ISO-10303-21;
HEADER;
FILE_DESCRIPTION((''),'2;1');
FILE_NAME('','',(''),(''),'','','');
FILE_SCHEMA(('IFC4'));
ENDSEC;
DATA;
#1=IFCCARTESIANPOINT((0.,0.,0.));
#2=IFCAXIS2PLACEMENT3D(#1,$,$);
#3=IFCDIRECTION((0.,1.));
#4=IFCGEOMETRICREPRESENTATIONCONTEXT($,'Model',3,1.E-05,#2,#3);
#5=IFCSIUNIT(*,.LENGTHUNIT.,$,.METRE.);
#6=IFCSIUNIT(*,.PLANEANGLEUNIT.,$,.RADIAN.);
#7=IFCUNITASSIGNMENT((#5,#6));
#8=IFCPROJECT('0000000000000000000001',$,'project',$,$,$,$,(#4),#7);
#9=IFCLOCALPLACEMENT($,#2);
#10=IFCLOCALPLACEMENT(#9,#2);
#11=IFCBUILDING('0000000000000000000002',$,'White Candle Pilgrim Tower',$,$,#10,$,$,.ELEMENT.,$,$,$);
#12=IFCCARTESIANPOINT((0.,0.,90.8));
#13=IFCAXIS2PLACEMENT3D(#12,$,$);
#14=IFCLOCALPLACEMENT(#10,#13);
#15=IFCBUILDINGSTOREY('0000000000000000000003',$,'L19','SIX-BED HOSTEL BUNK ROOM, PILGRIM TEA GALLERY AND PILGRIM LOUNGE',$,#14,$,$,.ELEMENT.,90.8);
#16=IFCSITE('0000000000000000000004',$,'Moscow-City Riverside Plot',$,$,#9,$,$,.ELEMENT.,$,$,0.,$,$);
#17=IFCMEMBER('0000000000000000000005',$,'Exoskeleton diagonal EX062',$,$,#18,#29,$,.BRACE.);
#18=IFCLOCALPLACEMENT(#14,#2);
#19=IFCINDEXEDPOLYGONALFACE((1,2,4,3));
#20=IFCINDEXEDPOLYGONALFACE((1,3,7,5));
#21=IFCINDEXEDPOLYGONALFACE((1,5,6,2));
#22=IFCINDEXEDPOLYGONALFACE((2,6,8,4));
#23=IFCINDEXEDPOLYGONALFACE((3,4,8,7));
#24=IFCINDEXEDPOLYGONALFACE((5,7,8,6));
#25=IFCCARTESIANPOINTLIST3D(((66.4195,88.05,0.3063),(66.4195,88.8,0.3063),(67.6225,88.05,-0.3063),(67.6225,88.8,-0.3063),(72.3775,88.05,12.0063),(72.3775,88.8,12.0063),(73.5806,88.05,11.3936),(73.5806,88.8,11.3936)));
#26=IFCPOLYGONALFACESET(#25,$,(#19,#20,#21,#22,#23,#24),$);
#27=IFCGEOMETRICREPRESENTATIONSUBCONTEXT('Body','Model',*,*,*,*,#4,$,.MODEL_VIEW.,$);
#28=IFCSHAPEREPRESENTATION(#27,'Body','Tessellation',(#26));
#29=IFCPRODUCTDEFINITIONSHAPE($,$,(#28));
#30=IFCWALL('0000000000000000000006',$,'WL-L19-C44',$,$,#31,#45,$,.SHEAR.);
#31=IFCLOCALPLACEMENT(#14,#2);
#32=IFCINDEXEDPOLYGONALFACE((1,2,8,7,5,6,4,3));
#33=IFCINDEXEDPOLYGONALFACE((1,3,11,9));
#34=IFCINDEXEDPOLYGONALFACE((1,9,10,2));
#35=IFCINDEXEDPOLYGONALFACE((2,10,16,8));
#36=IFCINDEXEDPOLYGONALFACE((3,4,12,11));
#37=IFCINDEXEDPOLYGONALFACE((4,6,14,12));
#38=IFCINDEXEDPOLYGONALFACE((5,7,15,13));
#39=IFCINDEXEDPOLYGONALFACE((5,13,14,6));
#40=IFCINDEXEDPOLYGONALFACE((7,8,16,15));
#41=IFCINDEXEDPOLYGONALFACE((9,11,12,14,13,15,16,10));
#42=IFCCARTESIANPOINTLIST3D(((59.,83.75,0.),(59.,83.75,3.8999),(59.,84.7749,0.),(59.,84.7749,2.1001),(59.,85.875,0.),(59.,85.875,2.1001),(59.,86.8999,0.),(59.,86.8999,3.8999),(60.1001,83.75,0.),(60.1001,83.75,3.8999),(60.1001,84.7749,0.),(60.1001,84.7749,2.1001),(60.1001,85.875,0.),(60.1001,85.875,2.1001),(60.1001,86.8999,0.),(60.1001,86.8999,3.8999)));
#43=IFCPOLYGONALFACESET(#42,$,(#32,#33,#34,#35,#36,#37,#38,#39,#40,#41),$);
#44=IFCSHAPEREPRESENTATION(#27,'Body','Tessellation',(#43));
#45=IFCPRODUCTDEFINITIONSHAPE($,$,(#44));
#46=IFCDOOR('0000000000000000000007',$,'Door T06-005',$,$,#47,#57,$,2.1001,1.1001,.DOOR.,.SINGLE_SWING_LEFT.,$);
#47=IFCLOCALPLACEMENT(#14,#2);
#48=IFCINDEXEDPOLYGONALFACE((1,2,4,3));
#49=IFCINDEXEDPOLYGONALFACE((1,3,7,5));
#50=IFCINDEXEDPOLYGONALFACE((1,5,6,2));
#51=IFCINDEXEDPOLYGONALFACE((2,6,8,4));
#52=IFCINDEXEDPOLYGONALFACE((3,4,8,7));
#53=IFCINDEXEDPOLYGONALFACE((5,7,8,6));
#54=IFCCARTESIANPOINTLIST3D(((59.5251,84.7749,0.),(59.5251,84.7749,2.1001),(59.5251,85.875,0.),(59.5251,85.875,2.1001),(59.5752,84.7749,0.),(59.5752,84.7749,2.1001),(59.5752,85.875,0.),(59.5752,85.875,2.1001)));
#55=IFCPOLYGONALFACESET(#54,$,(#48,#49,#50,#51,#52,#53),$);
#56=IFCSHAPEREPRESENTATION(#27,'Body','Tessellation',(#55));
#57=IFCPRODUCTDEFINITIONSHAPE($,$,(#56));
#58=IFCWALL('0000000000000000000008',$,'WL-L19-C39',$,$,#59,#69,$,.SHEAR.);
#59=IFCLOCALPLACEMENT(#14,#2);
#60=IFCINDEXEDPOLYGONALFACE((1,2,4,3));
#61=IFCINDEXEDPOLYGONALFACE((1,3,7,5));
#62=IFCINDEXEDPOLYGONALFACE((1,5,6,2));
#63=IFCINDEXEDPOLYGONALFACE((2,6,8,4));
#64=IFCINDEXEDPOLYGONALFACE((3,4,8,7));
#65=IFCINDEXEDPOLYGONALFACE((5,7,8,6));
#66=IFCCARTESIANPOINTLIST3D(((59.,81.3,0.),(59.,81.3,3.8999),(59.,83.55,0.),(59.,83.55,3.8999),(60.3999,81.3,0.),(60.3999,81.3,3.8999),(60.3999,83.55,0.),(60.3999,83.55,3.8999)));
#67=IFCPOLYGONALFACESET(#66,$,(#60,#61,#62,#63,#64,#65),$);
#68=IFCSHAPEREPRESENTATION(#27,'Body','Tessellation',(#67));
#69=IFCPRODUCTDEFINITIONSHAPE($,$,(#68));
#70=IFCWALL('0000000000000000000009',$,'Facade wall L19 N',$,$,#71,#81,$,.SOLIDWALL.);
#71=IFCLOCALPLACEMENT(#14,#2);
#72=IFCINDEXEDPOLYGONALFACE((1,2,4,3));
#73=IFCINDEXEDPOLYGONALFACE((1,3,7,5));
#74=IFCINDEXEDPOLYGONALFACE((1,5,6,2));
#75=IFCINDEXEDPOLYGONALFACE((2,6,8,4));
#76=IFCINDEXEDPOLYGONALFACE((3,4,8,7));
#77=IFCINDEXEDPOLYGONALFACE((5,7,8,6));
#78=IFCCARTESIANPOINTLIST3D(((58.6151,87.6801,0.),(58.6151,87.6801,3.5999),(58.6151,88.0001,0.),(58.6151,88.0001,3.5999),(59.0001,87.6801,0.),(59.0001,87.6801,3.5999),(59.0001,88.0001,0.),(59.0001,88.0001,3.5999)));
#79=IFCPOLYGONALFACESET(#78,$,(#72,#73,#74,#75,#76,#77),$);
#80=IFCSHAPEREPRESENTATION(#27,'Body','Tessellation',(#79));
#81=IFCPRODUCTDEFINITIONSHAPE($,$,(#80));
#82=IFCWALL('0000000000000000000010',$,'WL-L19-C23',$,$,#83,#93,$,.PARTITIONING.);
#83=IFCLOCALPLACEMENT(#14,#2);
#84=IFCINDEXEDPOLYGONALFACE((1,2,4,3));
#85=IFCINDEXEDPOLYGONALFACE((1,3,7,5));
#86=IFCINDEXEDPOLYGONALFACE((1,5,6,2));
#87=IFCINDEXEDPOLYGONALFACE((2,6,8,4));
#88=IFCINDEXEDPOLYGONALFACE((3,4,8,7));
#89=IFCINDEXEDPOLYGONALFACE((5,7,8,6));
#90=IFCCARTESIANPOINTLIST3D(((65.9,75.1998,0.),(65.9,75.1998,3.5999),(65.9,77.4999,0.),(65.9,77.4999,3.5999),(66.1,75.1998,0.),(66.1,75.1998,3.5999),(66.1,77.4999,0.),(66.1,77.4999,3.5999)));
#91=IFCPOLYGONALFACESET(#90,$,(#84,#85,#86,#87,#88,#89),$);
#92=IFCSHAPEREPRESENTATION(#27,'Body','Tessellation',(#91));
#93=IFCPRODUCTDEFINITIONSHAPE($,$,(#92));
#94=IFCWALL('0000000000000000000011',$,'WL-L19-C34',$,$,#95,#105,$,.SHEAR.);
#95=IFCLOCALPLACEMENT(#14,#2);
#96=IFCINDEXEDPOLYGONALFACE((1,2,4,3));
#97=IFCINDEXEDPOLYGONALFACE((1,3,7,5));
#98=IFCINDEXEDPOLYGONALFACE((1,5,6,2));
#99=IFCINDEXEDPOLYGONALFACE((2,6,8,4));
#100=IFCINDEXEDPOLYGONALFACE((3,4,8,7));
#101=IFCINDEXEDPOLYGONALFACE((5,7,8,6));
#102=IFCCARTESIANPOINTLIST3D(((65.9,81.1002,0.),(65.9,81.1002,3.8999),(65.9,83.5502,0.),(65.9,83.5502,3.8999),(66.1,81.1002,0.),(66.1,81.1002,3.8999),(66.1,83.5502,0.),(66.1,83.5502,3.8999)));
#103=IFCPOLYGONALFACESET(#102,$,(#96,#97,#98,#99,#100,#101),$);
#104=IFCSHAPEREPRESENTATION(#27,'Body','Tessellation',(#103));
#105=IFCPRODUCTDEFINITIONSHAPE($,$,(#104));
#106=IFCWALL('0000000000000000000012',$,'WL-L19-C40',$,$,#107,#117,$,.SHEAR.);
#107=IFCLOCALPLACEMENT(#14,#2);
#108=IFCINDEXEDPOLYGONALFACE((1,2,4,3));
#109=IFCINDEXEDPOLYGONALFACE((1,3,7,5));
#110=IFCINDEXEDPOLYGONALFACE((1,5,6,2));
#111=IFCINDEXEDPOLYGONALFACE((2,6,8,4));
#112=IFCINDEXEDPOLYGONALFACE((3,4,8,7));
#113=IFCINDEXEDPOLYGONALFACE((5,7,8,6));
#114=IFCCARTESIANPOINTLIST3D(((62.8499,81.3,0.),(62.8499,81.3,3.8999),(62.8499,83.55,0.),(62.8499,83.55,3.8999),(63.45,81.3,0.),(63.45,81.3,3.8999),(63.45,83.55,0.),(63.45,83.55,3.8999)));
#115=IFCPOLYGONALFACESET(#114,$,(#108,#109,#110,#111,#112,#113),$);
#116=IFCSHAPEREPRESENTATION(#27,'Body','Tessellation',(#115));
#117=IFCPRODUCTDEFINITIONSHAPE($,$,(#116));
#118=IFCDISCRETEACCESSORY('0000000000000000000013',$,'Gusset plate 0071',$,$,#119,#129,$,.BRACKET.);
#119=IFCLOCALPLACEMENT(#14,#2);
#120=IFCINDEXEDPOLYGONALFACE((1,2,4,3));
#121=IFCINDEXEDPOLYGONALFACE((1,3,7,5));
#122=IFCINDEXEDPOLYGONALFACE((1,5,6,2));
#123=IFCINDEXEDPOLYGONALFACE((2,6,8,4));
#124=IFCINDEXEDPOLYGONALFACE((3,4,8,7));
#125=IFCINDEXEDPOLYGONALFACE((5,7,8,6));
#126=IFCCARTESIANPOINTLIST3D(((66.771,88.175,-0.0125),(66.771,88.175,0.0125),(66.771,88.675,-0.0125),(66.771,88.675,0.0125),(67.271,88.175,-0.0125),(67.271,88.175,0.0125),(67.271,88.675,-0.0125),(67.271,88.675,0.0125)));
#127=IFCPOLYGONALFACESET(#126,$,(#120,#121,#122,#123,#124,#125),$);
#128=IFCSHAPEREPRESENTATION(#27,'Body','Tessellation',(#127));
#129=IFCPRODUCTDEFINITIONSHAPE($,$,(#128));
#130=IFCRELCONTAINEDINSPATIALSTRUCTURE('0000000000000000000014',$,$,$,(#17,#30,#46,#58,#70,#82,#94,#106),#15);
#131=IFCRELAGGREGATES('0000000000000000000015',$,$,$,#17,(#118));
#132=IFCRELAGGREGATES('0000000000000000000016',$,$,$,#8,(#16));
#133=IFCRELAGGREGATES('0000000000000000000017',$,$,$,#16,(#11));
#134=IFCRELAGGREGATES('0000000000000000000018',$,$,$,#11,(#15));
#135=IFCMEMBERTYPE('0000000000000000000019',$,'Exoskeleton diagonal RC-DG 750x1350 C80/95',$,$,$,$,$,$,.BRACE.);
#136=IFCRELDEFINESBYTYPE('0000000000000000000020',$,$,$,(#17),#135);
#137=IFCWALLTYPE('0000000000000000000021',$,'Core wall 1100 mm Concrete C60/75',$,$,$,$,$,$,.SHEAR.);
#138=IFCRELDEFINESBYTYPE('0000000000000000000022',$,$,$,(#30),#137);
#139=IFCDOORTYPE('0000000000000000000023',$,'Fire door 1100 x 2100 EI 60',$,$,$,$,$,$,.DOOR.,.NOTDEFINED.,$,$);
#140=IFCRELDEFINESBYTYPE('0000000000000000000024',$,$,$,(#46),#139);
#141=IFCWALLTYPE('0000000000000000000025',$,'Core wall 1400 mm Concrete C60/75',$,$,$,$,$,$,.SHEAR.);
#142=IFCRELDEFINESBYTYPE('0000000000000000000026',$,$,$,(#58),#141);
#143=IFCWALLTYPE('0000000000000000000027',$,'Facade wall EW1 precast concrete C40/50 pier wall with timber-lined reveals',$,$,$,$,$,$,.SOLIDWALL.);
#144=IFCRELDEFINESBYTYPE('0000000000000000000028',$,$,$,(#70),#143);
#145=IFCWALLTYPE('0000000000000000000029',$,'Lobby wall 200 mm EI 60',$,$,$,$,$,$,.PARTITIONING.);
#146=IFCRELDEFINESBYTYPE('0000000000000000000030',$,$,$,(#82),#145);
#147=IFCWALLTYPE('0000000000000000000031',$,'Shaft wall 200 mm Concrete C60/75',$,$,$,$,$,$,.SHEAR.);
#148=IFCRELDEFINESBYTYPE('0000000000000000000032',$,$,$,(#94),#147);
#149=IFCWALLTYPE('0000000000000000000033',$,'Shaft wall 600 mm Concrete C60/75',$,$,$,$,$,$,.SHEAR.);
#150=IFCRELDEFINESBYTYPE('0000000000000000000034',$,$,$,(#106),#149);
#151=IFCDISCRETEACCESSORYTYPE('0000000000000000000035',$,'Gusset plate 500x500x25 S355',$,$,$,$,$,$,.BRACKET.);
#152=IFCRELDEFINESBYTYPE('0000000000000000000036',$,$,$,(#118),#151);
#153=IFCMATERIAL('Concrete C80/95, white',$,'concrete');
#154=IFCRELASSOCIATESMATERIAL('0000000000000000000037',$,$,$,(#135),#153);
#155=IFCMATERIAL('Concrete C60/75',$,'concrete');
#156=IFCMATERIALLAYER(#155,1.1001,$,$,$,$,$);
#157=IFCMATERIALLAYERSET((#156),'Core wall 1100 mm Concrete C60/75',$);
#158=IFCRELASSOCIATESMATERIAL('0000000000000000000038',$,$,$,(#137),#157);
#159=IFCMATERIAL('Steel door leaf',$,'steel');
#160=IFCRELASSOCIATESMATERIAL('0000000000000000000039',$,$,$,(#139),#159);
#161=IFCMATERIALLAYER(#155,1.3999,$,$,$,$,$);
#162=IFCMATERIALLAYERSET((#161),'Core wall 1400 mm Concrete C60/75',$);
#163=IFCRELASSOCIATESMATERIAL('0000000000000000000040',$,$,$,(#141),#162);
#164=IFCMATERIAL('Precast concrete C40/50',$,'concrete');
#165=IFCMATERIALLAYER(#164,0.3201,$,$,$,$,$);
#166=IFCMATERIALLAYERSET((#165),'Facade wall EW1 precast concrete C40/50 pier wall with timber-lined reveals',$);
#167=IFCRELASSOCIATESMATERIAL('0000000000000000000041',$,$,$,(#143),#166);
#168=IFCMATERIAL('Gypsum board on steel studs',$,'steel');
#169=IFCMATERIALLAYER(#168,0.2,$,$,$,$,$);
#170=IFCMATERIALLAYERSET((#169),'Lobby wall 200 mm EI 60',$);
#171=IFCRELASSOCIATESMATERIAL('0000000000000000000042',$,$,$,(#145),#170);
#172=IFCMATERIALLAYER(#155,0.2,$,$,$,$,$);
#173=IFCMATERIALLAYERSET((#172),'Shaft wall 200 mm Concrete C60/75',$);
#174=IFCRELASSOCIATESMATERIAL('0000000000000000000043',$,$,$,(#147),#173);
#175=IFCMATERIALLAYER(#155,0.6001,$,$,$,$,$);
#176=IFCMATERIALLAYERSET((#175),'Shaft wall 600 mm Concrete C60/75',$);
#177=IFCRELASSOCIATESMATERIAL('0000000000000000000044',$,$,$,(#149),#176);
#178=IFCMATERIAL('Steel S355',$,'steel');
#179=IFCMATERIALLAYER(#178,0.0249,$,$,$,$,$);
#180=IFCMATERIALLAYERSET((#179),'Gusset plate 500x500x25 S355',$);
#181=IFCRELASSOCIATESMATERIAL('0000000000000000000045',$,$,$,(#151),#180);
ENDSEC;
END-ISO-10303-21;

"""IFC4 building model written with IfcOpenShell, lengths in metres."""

from ifc_helpers import new_model, si_unit, direction, frame, frame_2d, origin, origin_2d, place, context, subcontext, project, spatial, rectangle, extrude, material, layer, layer_set, material_profile, profile_set, type_object, element, fill, aggregate, save


model = new_model("IFC4")

# Units and contexts
model_context = context("Model", 3, precision=1e-05, world=origin(), true_north=direction((0.0, 1.0)))
body_context = subcontext(model_context, "Body", "Model", "MODEL_VIEW")
ifc_project = project(units=[si_unit("LENGTHUNIT", "METRE"), si_unit("PLANEANGLEUNIT", "RADIAN")], contexts=[model_context])

# Site, building, storey
site_placement = place(None, origin())
site = spatial("IfcSite", under=ifc_project, at=site_placement, Name="Moscow-City Riverside Plot", CompositionType="ELEMENT", RefElevation=0.0)
building_placement = place(site_placement, origin())
building = spatial("IfcBuilding", under=site, at=building_placement, Name="White Candle Pilgrim Tower", CompositionType="ELEMENT")
storey_placement = place(building_placement, frame((0.0, 0.0, 90.8)))
storey = spatial("IfcBuildingStorey", under=building, at=storey_placement, Name="L19", Description="SIX-BED HOSTEL BUNK ROOM, PILGRIM TEA GALLERY AND PILGRIM LOUNGE", CompositionType="ELEMENT", Elevation=90.8)

# Member
ifc_material_1 = material(Name="Concrete C80/95, white", Category="concrete")
ifc_material_profile = material_profile(ifc_material_1, rectangle(XDim=0.75, YDim=1.3501, at=origin_2d()), Name="RC-DG 750x1350")
ifc_profile_set = profile_set([ifc_material_profile], Name="Concrete C80/95, white")
member_type = type_object("IfcMemberType", Name="Exoskeleton diagonal RC-DG 750x1350 C80/95", PredefinedType="BRACE", material=ifc_profile_set)
member_placement = place(storey_placement, frame((67.021, 88.425, 0.0), z_axis=(0.453784, 0.0, 0.891112), x_axis=(0.0, 1.0, 0.0)))
member = element("IfcMember", 1, at=member_placement, inside=storey, type_object=member_type, Name="Exoskeleton diagonal EX062", PredefinedType="BRACE", context=body_context, shape_type="SweptSolid", body=[
    extrude(rectangle(XDim=0.75, YDim=1.3501, at=origin_2d()), origin(), (0.0, 0.0, 1.0), 13.1296),
])

# Wall, opening, door
ifc_material_2 = material(Name="Concrete C60/75", Category="concrete")
ifc_layer_1 = layer(ifc_material_2, 1.1001)
ifc_layer_set_1 = layer_set([ifc_layer_1], Name="Core wall 1100 mm Concrete C60/75")
wall_type_1 = type_object("IfcWallType", Name="Core wall 1100 mm Concrete C60/75", PredefinedType="SHEAR", material=ifc_layer_set_1)
wall_1_placement = place(storey_placement, frame((59.55, 83.75, 0.0), z_axis=(0.0, 0.0, 1.0), x_axis=(0.0, 1.0, 0.0)))
wall_1 = element("IfcWall", 2, at=wall_1_placement, inside=storey, type_object=wall_type_1, Name="WL-L19-C44", PredefinedType="SHEAR", context=body_context, shape_type="SweptSolid", body=[
    extrude(rectangle(XDim=3.1499, YDim=1.1001, at=frame_2d((1.575, 0.0))), origin(), (0.0, 0.0, 1.0), 3.8999),
])
opening_1_placement = place(wall_1_placement, frame((1.0249, 0.0, 0.0)))
opening_1 = element("IfcOpeningElement", 3, at=opening_1_placement, cuts=wall_1, PredefinedType="OPENING", context=body_context, shape_type="SweptSolid", body=[
    extrude(rectangle(XDim=1.1001, YDim=2.1001, at=frame_2d((0.55, 1.05))), frame((0.0, 0.5601, 0.0), z_axis=(0.0, -1.0, 0.0), x_axis=(1.0, 0.0, 0.0)), (0.0, 0.0, 1.0), 1.1201),
])
ifc_material_3 = material(Name="Steel door leaf", Category="steel")
door_type_1 = type_object("IfcDoorType", Name="Fire door 1100 x 2100 EI 60", OperationType="NOTDEFINED", PredefinedType="DOOR", material=ifc_material_3)
door_1_placement = place(opening_1_placement, origin())
door_1 = element("IfcDoor", 4, at=door_1_placement, inside=storey, type_object=door_type_1, Name="Door T06-005", OperationType="SINGLE_SWING_LEFT", OverallHeight=2.1001, OverallWidth=1.1001, PredefinedType="DOOR", context=body_context, shape_type="SweptSolid", body=[
    extrude(rectangle(XDim=1.1001, YDim=2.1001, at=frame_2d((0.55, 1.05))), frame((0.0, 0.0249, 0.0), z_axis=(0.0, -1.0, 0.0), x_axis=(1.0, 0.0, 0.0)), (0.0, 0.0, 1.0), 0.05),
])
fill(opening_1, door_1)

# Walls
ifc_layer_2 = layer(ifc_material_2, 1.3999)
ifc_layer_set_2 = layer_set([ifc_layer_2], Name="Core wall 1400 mm Concrete C60/75")
wall_type_2 = type_object("IfcWallType", Name="Core wall 1400 mm Concrete C60/75", PredefinedType="SHEAR", material=ifc_layer_set_2)
wall_2_placement = place(storey_placement, frame((59.7, 81.3, 0.0), z_axis=(0.0, 0.0, 1.0), x_axis=(0.0, 1.0, 0.0)))
element("IfcWall", 5, at=wall_2_placement, inside=storey, type_object=wall_type_2, Name="WL-L19-C39", PredefinedType="SHEAR", context=body_context, shape_type="SweptSolid", body=[
    extrude(rectangle(XDim=2.25, YDim=1.3999, at=frame_2d((1.125, 0.0))), origin(), (0.0, 0.0, 1.0), 3.8999),
])
ifc_material_4 = material(Name="Precast concrete C40/50", Category="concrete")
ifc_layer_3 = layer(ifc_material_4, 0.3201)
ifc_layer_set_3 = layer_set([ifc_layer_3], Name="Facade wall EW1 precast concrete C40/50 pier wall with timber-lined reveals")
wall_type_3 = type_object("IfcWallType", Name="Facade wall EW1 precast concrete C40/50 pier wall with timber-lined reveals", PredefinedType="SOLIDWALL", material=ifc_layer_set_3)
wall_3_placement = place(storey_placement, frame((59.0, 87.8401, 0.0), z_axis=(0.0, 0.0, 1.0), x_axis=(-1.0, 0.0, 0.0)))
element("IfcWall", 6, at=wall_3_placement, inside=storey, type_object=wall_type_3, Name="Facade wall L19 N", PredefinedType="SOLIDWALL", context=body_context, shape_type="SweptSolid", body=[
    extrude(rectangle(XDim=0.385, YDim=0.3201, at=frame_2d((0.1924, 0.0))), origin(), (0.0, 0.0, 1.0), 3.5999),
])
ifc_material_5 = material(Name="Gypsum board on steel studs", Category="steel")
ifc_layer_4 = layer(ifc_material_5, 0.2)
ifc_layer_set_4 = layer_set([ifc_layer_4], Name="Lobby wall 200 mm EI 60")
wall_type_4 = type_object("IfcWallType", Name="Lobby wall 200 mm EI 60", PredefinedType="PARTITIONING", material=ifc_layer_set_4)
wall_4_placement = place(storey_placement, frame((66.0, 75.2, 0.0), z_axis=(0.0, 0.0, 1.0), x_axis=(0.0, 1.0, 0.0)))
element("IfcWall", 7, at=wall_4_placement, inside=storey, type_object=wall_type_4, Name="WL-L19-C23", PredefinedType="PARTITIONING", context=body_context, shape_type="SweptSolid", body=[
    extrude(rectangle(XDim=2.3, YDim=0.2, at=frame_2d((1.1499, 0.0))), origin(), (0.0, 0.0, 1.0), 3.5999),
])
ifc_layer_5 = layer(ifc_material_2, 0.2)
ifc_layer_set_5 = layer_set([ifc_layer_5], Name="Shaft wall 200 mm Concrete C60/75")
wall_type_5 = type_object("IfcWallType", Name="Shaft wall 200 mm Concrete C60/75", PredefinedType="SHEAR", material=ifc_layer_set_5)
wall_5_placement = place(storey_placement, frame((66.0, 81.1001, 0.0), z_axis=(0.0, 0.0, 1.0), x_axis=(0.0, 1.0, 0.0)))
element("IfcWall", 8, at=wall_5_placement, inside=storey, type_object=wall_type_5, Name="WL-L19-C34", PredefinedType="SHEAR", context=body_context, shape_type="SweptSolid", body=[
    extrude(rectangle(XDim=2.45, YDim=0.2, at=frame_2d((1.2251, 0.0))), origin(), (0.0, 0.0, 1.0), 3.8999),
])
ifc_layer_6 = layer(ifc_material_2, 0.6001)
ifc_layer_set_6 = layer_set([ifc_layer_6], Name="Shaft wall 600 mm Concrete C60/75")
wall_type_6 = type_object("IfcWallType", Name="Shaft wall 600 mm Concrete C60/75", PredefinedType="SHEAR", material=ifc_layer_set_6)
wall_6_placement = place(storey_placement, frame((63.1499, 81.3, 0.0), z_axis=(0.0, 0.0, 1.0), x_axis=(0.0, 1.0, 0.0)))
element("IfcWall", 9, at=wall_6_placement, inside=storey, type_object=wall_type_6, Name="WL-L19-C40", PredefinedType="SHEAR", context=body_context, shape_type="SweptSolid", body=[
    extrude(rectangle(XDim=2.25, YDim=0.6001, at=frame_2d((1.125, 0.0))), origin(), (0.0, 0.0, 1.0), 3.8999),
])

# Discrete accessory
ifc_material_6 = material(Name="Steel S355", Category="steel")
ifc_layer_7 = layer(ifc_material_6, 0.0249)
ifc_layer_set_7 = layer_set([ifc_layer_7], Name="Gusset plate 500x500x25 S355")
discrete_accessory_type = type_object("IfcDiscreteAccessoryType", Name="Gusset plate 500x500x25 S355", PredefinedType="BRACKET", material=ifc_layer_set_7)
discrete_accessory_placement = place(storey_placement, frame((67.021, 88.425, -0.0125), z_axis=(0.0, 0.0, 1.0), x_axis=(1.0, 0.0, 0.0)))
discrete_accessory = element("IfcDiscreteAccessory", 10, at=discrete_accessory_placement, type_object=discrete_accessory_type, Name="Gusset plate 0071", PredefinedType="BRACKET", context=body_context, shape_type="SweptSolid", body=[
    extrude(rectangle(XDim=0.5, YDim=0.5, at=origin_2d()), origin(), (0.0, 0.0, 1.0), 0.0249),
])
aggregate(member, [discrete_accessory])

save(model, "model.ifc")
